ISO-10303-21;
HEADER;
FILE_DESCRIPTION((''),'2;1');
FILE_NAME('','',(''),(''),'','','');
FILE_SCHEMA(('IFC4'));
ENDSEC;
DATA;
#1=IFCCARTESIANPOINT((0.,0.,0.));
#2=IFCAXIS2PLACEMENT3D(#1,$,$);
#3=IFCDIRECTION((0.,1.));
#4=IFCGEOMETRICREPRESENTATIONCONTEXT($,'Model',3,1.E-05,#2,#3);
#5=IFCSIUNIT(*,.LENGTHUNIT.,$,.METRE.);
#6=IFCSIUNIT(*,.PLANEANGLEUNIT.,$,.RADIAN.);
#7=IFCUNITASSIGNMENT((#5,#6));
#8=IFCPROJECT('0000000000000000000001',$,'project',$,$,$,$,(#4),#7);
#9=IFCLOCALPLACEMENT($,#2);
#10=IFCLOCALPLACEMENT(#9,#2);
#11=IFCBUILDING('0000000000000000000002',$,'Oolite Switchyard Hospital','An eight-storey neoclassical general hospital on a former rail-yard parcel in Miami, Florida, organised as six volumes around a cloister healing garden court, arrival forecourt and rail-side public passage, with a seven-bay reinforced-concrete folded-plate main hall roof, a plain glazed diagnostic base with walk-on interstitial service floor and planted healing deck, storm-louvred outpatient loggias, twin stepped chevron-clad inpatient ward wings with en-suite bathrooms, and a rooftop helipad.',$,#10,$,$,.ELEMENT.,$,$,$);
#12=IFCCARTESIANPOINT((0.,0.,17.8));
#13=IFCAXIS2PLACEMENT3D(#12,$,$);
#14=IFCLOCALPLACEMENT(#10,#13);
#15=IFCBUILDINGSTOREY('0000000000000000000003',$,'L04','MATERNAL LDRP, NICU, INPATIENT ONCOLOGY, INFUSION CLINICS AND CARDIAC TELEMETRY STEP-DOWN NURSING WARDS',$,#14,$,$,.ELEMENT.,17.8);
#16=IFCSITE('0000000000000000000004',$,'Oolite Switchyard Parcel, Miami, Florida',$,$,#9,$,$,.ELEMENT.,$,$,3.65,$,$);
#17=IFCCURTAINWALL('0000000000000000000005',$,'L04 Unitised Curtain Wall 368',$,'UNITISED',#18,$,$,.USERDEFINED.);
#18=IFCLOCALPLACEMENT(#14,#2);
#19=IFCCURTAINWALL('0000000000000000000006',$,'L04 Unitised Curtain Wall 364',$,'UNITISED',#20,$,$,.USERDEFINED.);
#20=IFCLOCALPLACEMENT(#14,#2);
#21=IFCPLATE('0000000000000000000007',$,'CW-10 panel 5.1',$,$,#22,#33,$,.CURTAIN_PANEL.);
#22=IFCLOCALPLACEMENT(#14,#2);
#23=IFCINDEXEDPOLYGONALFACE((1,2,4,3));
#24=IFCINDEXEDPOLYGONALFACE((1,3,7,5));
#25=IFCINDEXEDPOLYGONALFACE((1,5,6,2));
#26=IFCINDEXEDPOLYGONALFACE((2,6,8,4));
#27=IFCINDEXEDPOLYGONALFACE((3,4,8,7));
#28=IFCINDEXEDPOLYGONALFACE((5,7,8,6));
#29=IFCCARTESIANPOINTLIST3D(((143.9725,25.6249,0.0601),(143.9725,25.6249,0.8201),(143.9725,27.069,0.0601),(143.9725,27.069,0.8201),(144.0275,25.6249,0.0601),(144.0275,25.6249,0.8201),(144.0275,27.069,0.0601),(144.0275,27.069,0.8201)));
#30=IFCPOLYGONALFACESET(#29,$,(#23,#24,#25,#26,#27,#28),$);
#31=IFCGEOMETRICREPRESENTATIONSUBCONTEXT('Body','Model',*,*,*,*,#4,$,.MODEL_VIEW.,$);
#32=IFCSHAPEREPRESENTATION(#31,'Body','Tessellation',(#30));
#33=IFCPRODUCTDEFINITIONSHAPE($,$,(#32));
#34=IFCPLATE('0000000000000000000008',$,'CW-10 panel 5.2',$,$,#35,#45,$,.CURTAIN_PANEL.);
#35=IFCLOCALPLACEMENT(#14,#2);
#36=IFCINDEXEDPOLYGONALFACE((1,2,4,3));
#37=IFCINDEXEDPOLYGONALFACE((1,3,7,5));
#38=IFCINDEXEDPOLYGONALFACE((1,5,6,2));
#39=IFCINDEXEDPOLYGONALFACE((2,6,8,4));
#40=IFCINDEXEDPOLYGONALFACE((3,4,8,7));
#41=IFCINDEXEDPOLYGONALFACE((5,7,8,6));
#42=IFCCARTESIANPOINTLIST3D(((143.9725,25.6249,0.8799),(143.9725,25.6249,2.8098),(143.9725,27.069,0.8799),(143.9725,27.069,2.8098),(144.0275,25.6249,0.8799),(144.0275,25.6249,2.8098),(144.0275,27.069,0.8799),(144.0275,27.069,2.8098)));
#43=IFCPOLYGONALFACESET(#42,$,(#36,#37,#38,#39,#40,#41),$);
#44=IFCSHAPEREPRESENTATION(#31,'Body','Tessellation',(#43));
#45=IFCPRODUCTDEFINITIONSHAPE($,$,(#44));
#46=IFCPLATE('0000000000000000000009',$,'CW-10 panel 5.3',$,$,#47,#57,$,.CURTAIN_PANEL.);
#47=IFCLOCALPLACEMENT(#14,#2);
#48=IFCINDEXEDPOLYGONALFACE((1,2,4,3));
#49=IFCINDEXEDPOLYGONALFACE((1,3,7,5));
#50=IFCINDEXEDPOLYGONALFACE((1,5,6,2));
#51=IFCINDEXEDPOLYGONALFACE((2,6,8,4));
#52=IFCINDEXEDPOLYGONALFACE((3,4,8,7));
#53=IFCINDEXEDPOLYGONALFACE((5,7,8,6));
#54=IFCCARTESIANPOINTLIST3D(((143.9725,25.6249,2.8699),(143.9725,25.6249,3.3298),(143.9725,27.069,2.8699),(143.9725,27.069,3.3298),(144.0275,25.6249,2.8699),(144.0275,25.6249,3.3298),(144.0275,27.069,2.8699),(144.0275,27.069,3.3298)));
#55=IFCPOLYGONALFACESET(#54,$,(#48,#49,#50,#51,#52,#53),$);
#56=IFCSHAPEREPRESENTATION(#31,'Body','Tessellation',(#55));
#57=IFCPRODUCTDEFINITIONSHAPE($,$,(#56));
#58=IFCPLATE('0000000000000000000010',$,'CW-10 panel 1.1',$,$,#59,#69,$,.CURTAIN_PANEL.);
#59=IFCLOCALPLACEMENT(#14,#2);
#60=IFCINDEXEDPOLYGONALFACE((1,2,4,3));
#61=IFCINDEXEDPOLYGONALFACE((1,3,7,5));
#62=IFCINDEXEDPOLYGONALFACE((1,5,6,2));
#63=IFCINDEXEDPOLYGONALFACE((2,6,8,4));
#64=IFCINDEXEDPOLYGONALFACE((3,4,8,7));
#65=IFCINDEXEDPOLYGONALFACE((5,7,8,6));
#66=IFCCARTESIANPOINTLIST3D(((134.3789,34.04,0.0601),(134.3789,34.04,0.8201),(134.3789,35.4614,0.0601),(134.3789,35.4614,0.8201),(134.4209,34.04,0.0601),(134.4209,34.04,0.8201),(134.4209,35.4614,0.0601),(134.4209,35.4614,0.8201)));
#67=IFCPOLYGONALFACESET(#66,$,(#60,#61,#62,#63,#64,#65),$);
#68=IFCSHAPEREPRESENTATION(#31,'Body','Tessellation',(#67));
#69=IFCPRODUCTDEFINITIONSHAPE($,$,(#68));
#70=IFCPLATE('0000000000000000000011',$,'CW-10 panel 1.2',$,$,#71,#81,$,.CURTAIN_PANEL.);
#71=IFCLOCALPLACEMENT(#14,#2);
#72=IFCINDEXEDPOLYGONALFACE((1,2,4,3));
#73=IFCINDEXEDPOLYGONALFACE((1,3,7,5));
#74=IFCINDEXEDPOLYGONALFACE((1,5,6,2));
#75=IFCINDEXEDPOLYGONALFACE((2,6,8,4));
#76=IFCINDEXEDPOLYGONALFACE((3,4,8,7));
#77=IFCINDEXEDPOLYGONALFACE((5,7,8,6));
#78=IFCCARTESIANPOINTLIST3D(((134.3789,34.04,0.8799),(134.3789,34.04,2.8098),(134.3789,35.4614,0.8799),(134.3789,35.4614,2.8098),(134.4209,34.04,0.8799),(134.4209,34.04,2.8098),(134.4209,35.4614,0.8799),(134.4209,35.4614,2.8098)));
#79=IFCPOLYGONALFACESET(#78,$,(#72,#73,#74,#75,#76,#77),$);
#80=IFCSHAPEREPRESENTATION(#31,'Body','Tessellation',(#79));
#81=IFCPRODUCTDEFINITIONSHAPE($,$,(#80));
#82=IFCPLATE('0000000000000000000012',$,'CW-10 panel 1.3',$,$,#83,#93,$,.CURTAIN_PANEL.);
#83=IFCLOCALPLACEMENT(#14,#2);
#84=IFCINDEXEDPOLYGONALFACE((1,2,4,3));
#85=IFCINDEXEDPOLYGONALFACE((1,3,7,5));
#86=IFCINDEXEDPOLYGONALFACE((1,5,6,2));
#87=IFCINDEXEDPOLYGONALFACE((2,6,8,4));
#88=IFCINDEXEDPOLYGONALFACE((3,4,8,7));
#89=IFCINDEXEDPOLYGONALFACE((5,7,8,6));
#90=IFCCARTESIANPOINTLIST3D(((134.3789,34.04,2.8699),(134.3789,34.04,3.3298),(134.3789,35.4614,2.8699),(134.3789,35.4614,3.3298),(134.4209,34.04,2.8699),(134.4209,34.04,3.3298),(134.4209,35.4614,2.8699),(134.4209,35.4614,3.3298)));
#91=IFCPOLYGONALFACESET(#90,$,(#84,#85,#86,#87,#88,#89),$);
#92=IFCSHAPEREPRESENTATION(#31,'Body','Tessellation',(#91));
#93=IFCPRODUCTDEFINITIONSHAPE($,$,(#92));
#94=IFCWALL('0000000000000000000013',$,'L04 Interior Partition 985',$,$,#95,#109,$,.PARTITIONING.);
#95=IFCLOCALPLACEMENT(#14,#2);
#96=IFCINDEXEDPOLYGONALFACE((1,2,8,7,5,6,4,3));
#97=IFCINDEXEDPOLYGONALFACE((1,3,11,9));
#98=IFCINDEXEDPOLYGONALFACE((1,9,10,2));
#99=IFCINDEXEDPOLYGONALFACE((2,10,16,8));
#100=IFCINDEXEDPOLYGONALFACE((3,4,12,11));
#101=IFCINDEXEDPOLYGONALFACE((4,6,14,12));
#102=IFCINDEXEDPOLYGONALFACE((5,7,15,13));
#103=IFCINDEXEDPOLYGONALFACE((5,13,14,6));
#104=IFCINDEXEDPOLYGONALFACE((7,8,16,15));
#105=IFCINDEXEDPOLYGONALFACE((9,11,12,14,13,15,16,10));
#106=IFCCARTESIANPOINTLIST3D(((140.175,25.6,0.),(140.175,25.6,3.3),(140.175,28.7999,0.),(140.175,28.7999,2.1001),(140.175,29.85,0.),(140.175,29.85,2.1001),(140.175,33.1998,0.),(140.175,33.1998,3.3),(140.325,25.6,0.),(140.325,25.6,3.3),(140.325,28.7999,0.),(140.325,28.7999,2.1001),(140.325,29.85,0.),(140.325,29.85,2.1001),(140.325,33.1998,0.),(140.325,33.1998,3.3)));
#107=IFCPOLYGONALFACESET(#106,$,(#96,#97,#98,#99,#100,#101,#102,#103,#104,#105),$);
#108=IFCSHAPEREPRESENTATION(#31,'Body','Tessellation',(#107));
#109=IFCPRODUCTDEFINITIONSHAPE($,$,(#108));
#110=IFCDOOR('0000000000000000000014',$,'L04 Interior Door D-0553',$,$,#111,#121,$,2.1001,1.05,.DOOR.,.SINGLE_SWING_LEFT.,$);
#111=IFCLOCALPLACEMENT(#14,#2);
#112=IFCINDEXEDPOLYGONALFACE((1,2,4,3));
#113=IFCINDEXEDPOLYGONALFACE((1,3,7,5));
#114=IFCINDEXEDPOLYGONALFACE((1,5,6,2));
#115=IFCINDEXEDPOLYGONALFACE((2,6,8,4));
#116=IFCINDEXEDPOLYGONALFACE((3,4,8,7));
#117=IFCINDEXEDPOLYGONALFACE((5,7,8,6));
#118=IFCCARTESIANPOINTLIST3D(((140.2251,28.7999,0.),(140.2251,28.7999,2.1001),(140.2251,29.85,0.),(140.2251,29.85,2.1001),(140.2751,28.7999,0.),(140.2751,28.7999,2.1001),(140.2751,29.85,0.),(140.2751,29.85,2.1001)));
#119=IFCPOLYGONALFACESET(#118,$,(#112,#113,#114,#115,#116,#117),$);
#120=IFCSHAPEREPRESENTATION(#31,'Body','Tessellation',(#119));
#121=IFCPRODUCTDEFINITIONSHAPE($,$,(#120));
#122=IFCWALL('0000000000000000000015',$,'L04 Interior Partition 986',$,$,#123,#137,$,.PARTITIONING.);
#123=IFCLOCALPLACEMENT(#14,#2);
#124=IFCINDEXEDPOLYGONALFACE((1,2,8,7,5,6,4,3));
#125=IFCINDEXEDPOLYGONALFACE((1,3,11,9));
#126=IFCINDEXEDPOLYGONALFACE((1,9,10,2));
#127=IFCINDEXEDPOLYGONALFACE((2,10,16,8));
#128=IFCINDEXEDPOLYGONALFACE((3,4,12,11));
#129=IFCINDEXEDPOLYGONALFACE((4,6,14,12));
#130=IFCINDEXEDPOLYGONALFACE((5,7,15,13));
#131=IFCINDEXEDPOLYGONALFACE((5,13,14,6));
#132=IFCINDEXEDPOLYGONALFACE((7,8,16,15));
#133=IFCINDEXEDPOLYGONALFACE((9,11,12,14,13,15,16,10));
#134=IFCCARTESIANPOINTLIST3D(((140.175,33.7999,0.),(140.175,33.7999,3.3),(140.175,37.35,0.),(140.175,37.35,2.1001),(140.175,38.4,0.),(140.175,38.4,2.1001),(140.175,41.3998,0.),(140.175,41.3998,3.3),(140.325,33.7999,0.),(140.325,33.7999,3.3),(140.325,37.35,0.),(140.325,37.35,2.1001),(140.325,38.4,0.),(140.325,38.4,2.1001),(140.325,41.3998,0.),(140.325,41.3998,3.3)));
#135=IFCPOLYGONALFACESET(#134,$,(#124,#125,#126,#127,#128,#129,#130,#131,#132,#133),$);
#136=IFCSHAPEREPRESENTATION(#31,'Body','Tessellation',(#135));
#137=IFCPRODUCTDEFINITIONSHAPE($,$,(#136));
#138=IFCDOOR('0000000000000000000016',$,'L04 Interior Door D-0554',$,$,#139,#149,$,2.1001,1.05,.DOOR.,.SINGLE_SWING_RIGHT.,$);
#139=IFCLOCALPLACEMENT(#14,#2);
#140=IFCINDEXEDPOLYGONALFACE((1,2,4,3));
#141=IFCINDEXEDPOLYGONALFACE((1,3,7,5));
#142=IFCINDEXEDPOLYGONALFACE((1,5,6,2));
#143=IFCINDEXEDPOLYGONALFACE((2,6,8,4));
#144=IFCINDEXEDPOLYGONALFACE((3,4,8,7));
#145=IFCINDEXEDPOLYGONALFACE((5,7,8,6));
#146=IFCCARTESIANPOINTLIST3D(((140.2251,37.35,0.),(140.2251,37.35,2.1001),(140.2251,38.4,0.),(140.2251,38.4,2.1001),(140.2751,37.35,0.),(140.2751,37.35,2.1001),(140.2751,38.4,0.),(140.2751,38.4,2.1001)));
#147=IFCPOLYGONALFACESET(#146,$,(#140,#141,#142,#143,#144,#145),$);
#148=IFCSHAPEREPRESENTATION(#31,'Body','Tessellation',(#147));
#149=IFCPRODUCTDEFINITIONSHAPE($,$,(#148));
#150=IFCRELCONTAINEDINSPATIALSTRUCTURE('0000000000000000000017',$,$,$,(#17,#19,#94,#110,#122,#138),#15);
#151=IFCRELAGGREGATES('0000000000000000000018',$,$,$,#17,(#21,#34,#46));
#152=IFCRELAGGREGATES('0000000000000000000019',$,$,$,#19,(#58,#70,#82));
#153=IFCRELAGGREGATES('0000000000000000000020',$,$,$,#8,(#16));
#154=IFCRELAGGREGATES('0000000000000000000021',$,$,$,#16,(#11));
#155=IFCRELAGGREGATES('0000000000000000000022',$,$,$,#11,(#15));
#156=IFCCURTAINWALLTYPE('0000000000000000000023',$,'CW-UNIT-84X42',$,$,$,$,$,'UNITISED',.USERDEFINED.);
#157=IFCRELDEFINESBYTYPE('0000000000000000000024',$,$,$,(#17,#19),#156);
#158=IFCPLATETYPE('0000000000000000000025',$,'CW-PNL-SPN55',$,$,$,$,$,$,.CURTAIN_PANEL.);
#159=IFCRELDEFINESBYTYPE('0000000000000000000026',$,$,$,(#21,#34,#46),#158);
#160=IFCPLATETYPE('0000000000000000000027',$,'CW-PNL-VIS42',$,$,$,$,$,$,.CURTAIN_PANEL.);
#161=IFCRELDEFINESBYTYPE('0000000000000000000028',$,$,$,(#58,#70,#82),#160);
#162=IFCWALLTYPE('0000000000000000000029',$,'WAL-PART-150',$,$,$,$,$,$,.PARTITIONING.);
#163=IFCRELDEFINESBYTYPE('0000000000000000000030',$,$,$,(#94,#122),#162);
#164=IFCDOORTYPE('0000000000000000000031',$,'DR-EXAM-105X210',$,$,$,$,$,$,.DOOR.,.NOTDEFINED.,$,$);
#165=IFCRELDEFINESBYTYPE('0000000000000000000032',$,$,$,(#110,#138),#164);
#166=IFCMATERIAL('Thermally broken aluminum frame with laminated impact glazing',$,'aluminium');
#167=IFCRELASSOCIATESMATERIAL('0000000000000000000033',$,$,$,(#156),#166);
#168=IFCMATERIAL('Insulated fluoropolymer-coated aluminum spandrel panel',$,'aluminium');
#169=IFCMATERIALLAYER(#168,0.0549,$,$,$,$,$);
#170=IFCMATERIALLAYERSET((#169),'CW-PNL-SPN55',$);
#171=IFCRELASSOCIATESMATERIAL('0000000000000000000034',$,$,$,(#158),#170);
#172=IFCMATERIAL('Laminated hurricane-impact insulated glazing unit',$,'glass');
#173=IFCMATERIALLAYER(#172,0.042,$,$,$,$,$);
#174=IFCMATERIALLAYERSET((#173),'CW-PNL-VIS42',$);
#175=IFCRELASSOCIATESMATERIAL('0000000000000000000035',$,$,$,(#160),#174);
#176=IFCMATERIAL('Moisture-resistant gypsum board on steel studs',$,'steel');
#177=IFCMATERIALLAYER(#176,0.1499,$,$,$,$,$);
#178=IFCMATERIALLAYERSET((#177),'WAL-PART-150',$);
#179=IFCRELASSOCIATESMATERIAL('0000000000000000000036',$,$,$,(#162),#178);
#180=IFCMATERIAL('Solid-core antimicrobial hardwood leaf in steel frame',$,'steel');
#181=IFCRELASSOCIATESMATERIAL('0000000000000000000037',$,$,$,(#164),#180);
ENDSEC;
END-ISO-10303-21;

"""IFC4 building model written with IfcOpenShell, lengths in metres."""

from ifc_helpers import new_model, si_unit, direction, frame, frame_2d, origin, origin_2d, place, context, subcontext, project, spatial, rectangle, extrude, material, layer, layer_set, type_object, element, fill, aggregate, save


model = new_model("IFC4")

# Units and contexts
model_context = context("Model", 3, precision=1e-05, world=origin(), true_north=direction((0.0, 1.0)))
body_context = subcontext(model_context, "Body", "Model", "MODEL_VIEW")
ifc_project = project(units=[si_unit("LENGTHUNIT", "METRE"), si_unit("PLANEANGLEUNIT", "RADIAN")], contexts=[model_context])

# Site, building, storey
site_placement = place(None, origin())
site = spatial("IfcSite", under=ifc_project, at=site_placement, Name="Oolite Switchyard Parcel, Miami, Florida", CompositionType="ELEMENT", RefElevation=3.65)
building_placement = place(site_placement, origin())
building = spatial("IfcBuilding", under=site, at=building_placement, Name="Oolite Switchyard Hospital", Description="An eight-storey neoclassical general hospital on a former rail-yard parcel in Miami, Florida, organised as six volumes around a cloister healing garden court, arrival forecourt and rail-side public passage, with a seven-bay reinforced-concrete folded-plate main hall roof, a plain glazed diagnostic base with walk-on interstitial service floor and planted healing deck, storm-louvred outpatient loggias, twin stepped chevron-clad inpatient ward wings with en-suite bathrooms, and a rooftop helipad.", CompositionType="ELEMENT")
storey_placement = place(building_placement, frame((0.0, 0.0, 17.8)))
storey = spatial("IfcBuildingStorey", under=building, at=storey_placement, Name="L04", Description="MATERNAL LDRP, NICU, INPATIENT ONCOLOGY, INFUSION CLINICS AND CARDIAC TELEMETRY STEP-DOWN NURSING WARDS", CompositionType="ELEMENT", Elevation=17.8)

# Curtain wall
ifc_material_1 = material(Name="Thermally broken aluminum frame with laminated impact glazing", Category="aluminium")
curtain_wall_type = type_object("IfcCurtainWallType", Name="CW-UNIT-84X42", ElementType="UNITISED", PredefinedType="USERDEFINED", material=ifc_material_1)
curtain_wall_1_placement = place(storey_placement, origin())
curtain_wall_1 = element("IfcCurtainWall", 1, at=curtain_wall_1_placement, inside=storey, type_object=curtain_wall_type, Name="L04 Unitised Curtain Wall 368", ObjectType="UNITISED", PredefinedType="USERDEFINED")

# Curtain wall
curtain_wall_2_placement = place(storey_placement, origin())
curtain_wall_2 = element("IfcCurtainWall", 2, at=curtain_wall_2_placement, inside=storey, type_object=curtain_wall_type, Name="L04 Unitised Curtain Wall 364", ObjectType="UNITISED", PredefinedType="USERDEFINED")

# Plates
ifc_material_2 = material(Name="Insulated fluoropolymer-coated aluminum spandrel panel", Category="aluminium")
ifc_layer_1 = layer(ifc_material_2, 0.0549)
ifc_layer_set_1 = layer_set([ifc_layer_1], Name="CW-PNL-SPN55")
plate_type_1 = type_object("IfcPlateType", Name="CW-PNL-SPN55", PredefinedType="CURTAIN_PANEL", material=ifc_layer_set_1)
plate_1_placement = place(storey_placement, frame((144.0, 26.3469, 0.0601), z_axis=(0.0, 0.0, 1.0), x_axis=(0.0, -1.0, 0.0)))
plate_1 = element("IfcPlate", 3, at=plate_1_placement, type_object=plate_type_1, Name="CW-10 panel 5.1", PredefinedType="CURTAIN_PANEL", context=body_context, shape_type="SweptSolid", body=[
    extrude(rectangle(XDim=1.4441, YDim=0.0549, at=origin_2d()), origin(), (0.0, 0.0, 1.0), 0.76),
])
plate_2_placement = place(storey_placement, frame((144.0, 26.3469, 0.8799), z_axis=(0.0, 0.0, 1.0), x_axis=(0.0, -1.0, 0.0)))
plate_2 = element("IfcPlate", 4, at=plate_2_placement, type_object=plate_type_1, Name="CW-10 panel 5.2", PredefinedType="CURTAIN_PANEL", context=body_context, shape_type="SweptSolid", body=[
    extrude(rectangle(XDim=1.4441, YDim=0.0549, at=origin_2d()), origin(), (0.0, 0.0, 1.0), 1.9299),
])
plate_3_placement = place(storey_placement, frame((144.0, 26.3469, 2.8699), z_axis=(0.0, 0.0, 1.0), x_axis=(0.0, -1.0, 0.0)))
plate_3 = element("IfcPlate", 5, at=plate_3_placement, type_object=plate_type_1, Name="CW-10 panel 5.3", PredefinedType="CURTAIN_PANEL", context=body_context, shape_type="SweptSolid", body=[
    extrude(rectangle(XDim=1.4441, YDim=0.0549, at=origin_2d()), origin(), (0.0, 0.0, 1.0), 0.46),
])
aggregate(curtain_wall_1, [plate_1, plate_2, plate_3])
ifc_material_3 = material(Name="Laminated hurricane-impact insulated glazing unit", Category="glass")
ifc_layer_2 = layer(ifc_material_3, 0.042)
ifc_layer_set_2 = layer_set([ifc_layer_2], Name="CW-PNL-VIS42")
plate_type_2 = type_object("IfcPlateType", Name="CW-PNL-VIS42", PredefinedType="CURTAIN_PANEL", material=ifc_layer_set_2)
plate_4_placement = place(storey_placement, frame((134.3999, 34.7507, 0.0601), z_axis=(0.0, 0.0, 1.0), x_axis=(0.0, 1.0, 0.0)))
plate_4 = element("IfcPlate", 6, at=plate_4_placement, type_object=plate_type_2, Name="CW-10 panel 1.1", PredefinedType="CURTAIN_PANEL", context=body_context, shape_type="SweptSolid", body=[
    extrude(rectangle(XDim=1.4214, YDim=0.042, at=origin_2d()), origin(), (0.0, 0.0, 1.0), 0.76),
])
plate_5_placement = place(storey_placement, frame((134.3999, 34.7507, 0.8799), z_axis=(0.0, 0.0, 1.0), x_axis=(0.0, 1.0, 0.0)))
plate_5 = element("IfcPlate", 7, at=plate_5_placement, type_object=plate_type_2, Name="CW-10 panel 1.2", PredefinedType="CURTAIN_PANEL", context=body_context, shape_type="SweptSolid", body=[
    extrude(rectangle(XDim=1.4214, YDim=0.042, at=origin_2d()), origin(), (0.0, 0.0, 1.0), 1.9299),
])
plate_6_placement = place(storey_placement, frame((134.3999, 34.7507, 2.8699), z_axis=(0.0, 0.0, 1.0), x_axis=(0.0, 1.0, 0.0)))
plate_6 = element("IfcPlate", 8, at=plate_6_placement, type_object=plate_type_2, Name="CW-10 panel 1.3", PredefinedType="CURTAIN_PANEL", context=body_context, shape_type="SweptSolid", body=[
    extrude(rectangle(XDim=1.4214, YDim=0.042, at=origin_2d()), origin(), (0.0, 0.0, 1.0), 0.46),
])
aggregate(curtain_wall_2, [plate_4, plate_5, plate_6])

# Walls, openings, doors
ifc_material_4 = material(Name="Moisture-resistant gypsum board on steel studs", Category="steel")
ifc_layer_3 = layer(ifc_material_4, 0.1499)
ifc_layer_set_3 = layer_set([ifc_layer_3], Name="WAL-PART-150")
wall_type = type_object("IfcWallType", Name="WAL-PART-150", PredefinedType="PARTITIONING", material=ifc_layer_set_3)
wall_1_placement = place(storey_placement, frame((140.25, 25.6001, 0.0), z_axis=(0.0, 0.0, 1.0), x_axis=(0.0, 1.0, 0.0)))
wall_1 = element("IfcWall", 9, at=wall_1_placement, inside=storey, type_object=wall_type, Name="L04 Interior Partition 985", PredefinedType="PARTITIONING", context=body_context, shape_type="SweptSolid", body=[
    extrude(rectangle(XDim=7.5999, YDim=0.1499, at=frame_2d((3.7998, 0.0))), origin(), (0.0, 0.0, 1.0), 3.3),
])
opening_1_placement = place(wall_1_placement, frame((3.2, 0.0, 0.0)))
opening_1 = element("IfcOpeningElement", 10, at=opening_1_placement, cuts=wall_1, PredefinedType="OPENING", context=body_context, shape_type="SweptSolid", body=[
    extrude(rectangle(XDim=1.05, YDim=2.1001, at=frame_2d((0.5249, 1.05))), frame((0.0, 0.085, 0.0), z_axis=(0.0, -1.0, 0.0), x_axis=(1.0, 0.0, 0.0)), (0.0, 0.0, 1.0), 0.1699),
])
ifc_material_5 = material(Name="Solid-core antimicrobial hardwood leaf in steel frame", Category="steel")
door_type = type_object("IfcDoorType", Name="DR-EXAM-105X210", OperationType="NOTDEFINED", PredefinedType="DOOR", material=ifc_material_5)
door_1_placement = place(opening_1_placement, origin())
door_1 = element("IfcDoor", 11, at=door_1_placement, inside=storey, type_object=door_type, Name="L04 Interior Door D-0553", OperationType="SINGLE_SWING_LEFT", OverallHeight=2.1001, OverallWidth=1.05, PredefinedType="DOOR", context=body_context, shape_type="SweptSolid", body=[
    extrude(rectangle(XDim=1.05, YDim=2.1001, at=frame_2d((0.5249, 1.05))), frame((0.0, 0.0249, 0.0), z_axis=(0.0, -1.0, 0.0), x_axis=(1.0, 0.0, 0.0)), (0.0, 0.0, 1.0), 0.05),
])
fill(opening_1, door_1)
wall_2_placement = place(storey_placement, frame((140.25, 33.8, 0.0), z_axis=(0.0, 0.0, 1.0), x_axis=(0.0, 1.0, 0.0)))
wall_2 = element("IfcWall", 12, at=wall_2_placement, inside=storey, type_object=wall_type, Name="L04 Interior Partition 986", PredefinedType="PARTITIONING", context=body_context, shape_type="SweptSolid", body=[
    extrude(rectangle(XDim=7.5999, YDim=0.1499, at=frame_2d((3.7998, 0.0))), origin(), (0.0, 0.0, 1.0), 3.3),
])
opening_2_placement = place(wall_2_placement, frame((3.55, 0.0, 0.0)))
opening_2 = element("IfcOpeningElement", 13, at=opening_2_placement, cuts=wall_2, PredefinedType="OPENING", context=body_context, shape_type="SweptSolid", body=[
    extrude(rectangle(XDim=1.05, YDim=2.1001, at=frame_2d((0.5249, 1.05))), frame((0.0, 0.085, 0.0), z_axis=(0.0, -1.0, 0.0), x_axis=(1.0, 0.0, 0.0)), (0.0, 0.0, 1.0), 0.1699),
])
door_2_placement = place(opening_2_placement, origin())
door_2 = element("IfcDoor", 14, at=door_2_placement, inside=storey, type_object=door_type, Name="L04 Interior Door D-0554", OperationType="SINGLE_SWING_RIGHT", OverallHeight=2.1001, OverallWidth=1.05, PredefinedType="DOOR", context=body_context, shape_type="SweptSolid", body=[
    extrude(rectangle(XDim=1.05, YDim=2.1001, at=frame_2d((0.5249, 1.05))), frame((0.0, 0.0249, 0.0), z_axis=(0.0, -1.0, 0.0), x_axis=(1.0, 0.0, 0.0)), (0.0, 0.0, 1.0), 0.05),
])
fill(opening_2, door_2)

save(model, "model.ifc")
